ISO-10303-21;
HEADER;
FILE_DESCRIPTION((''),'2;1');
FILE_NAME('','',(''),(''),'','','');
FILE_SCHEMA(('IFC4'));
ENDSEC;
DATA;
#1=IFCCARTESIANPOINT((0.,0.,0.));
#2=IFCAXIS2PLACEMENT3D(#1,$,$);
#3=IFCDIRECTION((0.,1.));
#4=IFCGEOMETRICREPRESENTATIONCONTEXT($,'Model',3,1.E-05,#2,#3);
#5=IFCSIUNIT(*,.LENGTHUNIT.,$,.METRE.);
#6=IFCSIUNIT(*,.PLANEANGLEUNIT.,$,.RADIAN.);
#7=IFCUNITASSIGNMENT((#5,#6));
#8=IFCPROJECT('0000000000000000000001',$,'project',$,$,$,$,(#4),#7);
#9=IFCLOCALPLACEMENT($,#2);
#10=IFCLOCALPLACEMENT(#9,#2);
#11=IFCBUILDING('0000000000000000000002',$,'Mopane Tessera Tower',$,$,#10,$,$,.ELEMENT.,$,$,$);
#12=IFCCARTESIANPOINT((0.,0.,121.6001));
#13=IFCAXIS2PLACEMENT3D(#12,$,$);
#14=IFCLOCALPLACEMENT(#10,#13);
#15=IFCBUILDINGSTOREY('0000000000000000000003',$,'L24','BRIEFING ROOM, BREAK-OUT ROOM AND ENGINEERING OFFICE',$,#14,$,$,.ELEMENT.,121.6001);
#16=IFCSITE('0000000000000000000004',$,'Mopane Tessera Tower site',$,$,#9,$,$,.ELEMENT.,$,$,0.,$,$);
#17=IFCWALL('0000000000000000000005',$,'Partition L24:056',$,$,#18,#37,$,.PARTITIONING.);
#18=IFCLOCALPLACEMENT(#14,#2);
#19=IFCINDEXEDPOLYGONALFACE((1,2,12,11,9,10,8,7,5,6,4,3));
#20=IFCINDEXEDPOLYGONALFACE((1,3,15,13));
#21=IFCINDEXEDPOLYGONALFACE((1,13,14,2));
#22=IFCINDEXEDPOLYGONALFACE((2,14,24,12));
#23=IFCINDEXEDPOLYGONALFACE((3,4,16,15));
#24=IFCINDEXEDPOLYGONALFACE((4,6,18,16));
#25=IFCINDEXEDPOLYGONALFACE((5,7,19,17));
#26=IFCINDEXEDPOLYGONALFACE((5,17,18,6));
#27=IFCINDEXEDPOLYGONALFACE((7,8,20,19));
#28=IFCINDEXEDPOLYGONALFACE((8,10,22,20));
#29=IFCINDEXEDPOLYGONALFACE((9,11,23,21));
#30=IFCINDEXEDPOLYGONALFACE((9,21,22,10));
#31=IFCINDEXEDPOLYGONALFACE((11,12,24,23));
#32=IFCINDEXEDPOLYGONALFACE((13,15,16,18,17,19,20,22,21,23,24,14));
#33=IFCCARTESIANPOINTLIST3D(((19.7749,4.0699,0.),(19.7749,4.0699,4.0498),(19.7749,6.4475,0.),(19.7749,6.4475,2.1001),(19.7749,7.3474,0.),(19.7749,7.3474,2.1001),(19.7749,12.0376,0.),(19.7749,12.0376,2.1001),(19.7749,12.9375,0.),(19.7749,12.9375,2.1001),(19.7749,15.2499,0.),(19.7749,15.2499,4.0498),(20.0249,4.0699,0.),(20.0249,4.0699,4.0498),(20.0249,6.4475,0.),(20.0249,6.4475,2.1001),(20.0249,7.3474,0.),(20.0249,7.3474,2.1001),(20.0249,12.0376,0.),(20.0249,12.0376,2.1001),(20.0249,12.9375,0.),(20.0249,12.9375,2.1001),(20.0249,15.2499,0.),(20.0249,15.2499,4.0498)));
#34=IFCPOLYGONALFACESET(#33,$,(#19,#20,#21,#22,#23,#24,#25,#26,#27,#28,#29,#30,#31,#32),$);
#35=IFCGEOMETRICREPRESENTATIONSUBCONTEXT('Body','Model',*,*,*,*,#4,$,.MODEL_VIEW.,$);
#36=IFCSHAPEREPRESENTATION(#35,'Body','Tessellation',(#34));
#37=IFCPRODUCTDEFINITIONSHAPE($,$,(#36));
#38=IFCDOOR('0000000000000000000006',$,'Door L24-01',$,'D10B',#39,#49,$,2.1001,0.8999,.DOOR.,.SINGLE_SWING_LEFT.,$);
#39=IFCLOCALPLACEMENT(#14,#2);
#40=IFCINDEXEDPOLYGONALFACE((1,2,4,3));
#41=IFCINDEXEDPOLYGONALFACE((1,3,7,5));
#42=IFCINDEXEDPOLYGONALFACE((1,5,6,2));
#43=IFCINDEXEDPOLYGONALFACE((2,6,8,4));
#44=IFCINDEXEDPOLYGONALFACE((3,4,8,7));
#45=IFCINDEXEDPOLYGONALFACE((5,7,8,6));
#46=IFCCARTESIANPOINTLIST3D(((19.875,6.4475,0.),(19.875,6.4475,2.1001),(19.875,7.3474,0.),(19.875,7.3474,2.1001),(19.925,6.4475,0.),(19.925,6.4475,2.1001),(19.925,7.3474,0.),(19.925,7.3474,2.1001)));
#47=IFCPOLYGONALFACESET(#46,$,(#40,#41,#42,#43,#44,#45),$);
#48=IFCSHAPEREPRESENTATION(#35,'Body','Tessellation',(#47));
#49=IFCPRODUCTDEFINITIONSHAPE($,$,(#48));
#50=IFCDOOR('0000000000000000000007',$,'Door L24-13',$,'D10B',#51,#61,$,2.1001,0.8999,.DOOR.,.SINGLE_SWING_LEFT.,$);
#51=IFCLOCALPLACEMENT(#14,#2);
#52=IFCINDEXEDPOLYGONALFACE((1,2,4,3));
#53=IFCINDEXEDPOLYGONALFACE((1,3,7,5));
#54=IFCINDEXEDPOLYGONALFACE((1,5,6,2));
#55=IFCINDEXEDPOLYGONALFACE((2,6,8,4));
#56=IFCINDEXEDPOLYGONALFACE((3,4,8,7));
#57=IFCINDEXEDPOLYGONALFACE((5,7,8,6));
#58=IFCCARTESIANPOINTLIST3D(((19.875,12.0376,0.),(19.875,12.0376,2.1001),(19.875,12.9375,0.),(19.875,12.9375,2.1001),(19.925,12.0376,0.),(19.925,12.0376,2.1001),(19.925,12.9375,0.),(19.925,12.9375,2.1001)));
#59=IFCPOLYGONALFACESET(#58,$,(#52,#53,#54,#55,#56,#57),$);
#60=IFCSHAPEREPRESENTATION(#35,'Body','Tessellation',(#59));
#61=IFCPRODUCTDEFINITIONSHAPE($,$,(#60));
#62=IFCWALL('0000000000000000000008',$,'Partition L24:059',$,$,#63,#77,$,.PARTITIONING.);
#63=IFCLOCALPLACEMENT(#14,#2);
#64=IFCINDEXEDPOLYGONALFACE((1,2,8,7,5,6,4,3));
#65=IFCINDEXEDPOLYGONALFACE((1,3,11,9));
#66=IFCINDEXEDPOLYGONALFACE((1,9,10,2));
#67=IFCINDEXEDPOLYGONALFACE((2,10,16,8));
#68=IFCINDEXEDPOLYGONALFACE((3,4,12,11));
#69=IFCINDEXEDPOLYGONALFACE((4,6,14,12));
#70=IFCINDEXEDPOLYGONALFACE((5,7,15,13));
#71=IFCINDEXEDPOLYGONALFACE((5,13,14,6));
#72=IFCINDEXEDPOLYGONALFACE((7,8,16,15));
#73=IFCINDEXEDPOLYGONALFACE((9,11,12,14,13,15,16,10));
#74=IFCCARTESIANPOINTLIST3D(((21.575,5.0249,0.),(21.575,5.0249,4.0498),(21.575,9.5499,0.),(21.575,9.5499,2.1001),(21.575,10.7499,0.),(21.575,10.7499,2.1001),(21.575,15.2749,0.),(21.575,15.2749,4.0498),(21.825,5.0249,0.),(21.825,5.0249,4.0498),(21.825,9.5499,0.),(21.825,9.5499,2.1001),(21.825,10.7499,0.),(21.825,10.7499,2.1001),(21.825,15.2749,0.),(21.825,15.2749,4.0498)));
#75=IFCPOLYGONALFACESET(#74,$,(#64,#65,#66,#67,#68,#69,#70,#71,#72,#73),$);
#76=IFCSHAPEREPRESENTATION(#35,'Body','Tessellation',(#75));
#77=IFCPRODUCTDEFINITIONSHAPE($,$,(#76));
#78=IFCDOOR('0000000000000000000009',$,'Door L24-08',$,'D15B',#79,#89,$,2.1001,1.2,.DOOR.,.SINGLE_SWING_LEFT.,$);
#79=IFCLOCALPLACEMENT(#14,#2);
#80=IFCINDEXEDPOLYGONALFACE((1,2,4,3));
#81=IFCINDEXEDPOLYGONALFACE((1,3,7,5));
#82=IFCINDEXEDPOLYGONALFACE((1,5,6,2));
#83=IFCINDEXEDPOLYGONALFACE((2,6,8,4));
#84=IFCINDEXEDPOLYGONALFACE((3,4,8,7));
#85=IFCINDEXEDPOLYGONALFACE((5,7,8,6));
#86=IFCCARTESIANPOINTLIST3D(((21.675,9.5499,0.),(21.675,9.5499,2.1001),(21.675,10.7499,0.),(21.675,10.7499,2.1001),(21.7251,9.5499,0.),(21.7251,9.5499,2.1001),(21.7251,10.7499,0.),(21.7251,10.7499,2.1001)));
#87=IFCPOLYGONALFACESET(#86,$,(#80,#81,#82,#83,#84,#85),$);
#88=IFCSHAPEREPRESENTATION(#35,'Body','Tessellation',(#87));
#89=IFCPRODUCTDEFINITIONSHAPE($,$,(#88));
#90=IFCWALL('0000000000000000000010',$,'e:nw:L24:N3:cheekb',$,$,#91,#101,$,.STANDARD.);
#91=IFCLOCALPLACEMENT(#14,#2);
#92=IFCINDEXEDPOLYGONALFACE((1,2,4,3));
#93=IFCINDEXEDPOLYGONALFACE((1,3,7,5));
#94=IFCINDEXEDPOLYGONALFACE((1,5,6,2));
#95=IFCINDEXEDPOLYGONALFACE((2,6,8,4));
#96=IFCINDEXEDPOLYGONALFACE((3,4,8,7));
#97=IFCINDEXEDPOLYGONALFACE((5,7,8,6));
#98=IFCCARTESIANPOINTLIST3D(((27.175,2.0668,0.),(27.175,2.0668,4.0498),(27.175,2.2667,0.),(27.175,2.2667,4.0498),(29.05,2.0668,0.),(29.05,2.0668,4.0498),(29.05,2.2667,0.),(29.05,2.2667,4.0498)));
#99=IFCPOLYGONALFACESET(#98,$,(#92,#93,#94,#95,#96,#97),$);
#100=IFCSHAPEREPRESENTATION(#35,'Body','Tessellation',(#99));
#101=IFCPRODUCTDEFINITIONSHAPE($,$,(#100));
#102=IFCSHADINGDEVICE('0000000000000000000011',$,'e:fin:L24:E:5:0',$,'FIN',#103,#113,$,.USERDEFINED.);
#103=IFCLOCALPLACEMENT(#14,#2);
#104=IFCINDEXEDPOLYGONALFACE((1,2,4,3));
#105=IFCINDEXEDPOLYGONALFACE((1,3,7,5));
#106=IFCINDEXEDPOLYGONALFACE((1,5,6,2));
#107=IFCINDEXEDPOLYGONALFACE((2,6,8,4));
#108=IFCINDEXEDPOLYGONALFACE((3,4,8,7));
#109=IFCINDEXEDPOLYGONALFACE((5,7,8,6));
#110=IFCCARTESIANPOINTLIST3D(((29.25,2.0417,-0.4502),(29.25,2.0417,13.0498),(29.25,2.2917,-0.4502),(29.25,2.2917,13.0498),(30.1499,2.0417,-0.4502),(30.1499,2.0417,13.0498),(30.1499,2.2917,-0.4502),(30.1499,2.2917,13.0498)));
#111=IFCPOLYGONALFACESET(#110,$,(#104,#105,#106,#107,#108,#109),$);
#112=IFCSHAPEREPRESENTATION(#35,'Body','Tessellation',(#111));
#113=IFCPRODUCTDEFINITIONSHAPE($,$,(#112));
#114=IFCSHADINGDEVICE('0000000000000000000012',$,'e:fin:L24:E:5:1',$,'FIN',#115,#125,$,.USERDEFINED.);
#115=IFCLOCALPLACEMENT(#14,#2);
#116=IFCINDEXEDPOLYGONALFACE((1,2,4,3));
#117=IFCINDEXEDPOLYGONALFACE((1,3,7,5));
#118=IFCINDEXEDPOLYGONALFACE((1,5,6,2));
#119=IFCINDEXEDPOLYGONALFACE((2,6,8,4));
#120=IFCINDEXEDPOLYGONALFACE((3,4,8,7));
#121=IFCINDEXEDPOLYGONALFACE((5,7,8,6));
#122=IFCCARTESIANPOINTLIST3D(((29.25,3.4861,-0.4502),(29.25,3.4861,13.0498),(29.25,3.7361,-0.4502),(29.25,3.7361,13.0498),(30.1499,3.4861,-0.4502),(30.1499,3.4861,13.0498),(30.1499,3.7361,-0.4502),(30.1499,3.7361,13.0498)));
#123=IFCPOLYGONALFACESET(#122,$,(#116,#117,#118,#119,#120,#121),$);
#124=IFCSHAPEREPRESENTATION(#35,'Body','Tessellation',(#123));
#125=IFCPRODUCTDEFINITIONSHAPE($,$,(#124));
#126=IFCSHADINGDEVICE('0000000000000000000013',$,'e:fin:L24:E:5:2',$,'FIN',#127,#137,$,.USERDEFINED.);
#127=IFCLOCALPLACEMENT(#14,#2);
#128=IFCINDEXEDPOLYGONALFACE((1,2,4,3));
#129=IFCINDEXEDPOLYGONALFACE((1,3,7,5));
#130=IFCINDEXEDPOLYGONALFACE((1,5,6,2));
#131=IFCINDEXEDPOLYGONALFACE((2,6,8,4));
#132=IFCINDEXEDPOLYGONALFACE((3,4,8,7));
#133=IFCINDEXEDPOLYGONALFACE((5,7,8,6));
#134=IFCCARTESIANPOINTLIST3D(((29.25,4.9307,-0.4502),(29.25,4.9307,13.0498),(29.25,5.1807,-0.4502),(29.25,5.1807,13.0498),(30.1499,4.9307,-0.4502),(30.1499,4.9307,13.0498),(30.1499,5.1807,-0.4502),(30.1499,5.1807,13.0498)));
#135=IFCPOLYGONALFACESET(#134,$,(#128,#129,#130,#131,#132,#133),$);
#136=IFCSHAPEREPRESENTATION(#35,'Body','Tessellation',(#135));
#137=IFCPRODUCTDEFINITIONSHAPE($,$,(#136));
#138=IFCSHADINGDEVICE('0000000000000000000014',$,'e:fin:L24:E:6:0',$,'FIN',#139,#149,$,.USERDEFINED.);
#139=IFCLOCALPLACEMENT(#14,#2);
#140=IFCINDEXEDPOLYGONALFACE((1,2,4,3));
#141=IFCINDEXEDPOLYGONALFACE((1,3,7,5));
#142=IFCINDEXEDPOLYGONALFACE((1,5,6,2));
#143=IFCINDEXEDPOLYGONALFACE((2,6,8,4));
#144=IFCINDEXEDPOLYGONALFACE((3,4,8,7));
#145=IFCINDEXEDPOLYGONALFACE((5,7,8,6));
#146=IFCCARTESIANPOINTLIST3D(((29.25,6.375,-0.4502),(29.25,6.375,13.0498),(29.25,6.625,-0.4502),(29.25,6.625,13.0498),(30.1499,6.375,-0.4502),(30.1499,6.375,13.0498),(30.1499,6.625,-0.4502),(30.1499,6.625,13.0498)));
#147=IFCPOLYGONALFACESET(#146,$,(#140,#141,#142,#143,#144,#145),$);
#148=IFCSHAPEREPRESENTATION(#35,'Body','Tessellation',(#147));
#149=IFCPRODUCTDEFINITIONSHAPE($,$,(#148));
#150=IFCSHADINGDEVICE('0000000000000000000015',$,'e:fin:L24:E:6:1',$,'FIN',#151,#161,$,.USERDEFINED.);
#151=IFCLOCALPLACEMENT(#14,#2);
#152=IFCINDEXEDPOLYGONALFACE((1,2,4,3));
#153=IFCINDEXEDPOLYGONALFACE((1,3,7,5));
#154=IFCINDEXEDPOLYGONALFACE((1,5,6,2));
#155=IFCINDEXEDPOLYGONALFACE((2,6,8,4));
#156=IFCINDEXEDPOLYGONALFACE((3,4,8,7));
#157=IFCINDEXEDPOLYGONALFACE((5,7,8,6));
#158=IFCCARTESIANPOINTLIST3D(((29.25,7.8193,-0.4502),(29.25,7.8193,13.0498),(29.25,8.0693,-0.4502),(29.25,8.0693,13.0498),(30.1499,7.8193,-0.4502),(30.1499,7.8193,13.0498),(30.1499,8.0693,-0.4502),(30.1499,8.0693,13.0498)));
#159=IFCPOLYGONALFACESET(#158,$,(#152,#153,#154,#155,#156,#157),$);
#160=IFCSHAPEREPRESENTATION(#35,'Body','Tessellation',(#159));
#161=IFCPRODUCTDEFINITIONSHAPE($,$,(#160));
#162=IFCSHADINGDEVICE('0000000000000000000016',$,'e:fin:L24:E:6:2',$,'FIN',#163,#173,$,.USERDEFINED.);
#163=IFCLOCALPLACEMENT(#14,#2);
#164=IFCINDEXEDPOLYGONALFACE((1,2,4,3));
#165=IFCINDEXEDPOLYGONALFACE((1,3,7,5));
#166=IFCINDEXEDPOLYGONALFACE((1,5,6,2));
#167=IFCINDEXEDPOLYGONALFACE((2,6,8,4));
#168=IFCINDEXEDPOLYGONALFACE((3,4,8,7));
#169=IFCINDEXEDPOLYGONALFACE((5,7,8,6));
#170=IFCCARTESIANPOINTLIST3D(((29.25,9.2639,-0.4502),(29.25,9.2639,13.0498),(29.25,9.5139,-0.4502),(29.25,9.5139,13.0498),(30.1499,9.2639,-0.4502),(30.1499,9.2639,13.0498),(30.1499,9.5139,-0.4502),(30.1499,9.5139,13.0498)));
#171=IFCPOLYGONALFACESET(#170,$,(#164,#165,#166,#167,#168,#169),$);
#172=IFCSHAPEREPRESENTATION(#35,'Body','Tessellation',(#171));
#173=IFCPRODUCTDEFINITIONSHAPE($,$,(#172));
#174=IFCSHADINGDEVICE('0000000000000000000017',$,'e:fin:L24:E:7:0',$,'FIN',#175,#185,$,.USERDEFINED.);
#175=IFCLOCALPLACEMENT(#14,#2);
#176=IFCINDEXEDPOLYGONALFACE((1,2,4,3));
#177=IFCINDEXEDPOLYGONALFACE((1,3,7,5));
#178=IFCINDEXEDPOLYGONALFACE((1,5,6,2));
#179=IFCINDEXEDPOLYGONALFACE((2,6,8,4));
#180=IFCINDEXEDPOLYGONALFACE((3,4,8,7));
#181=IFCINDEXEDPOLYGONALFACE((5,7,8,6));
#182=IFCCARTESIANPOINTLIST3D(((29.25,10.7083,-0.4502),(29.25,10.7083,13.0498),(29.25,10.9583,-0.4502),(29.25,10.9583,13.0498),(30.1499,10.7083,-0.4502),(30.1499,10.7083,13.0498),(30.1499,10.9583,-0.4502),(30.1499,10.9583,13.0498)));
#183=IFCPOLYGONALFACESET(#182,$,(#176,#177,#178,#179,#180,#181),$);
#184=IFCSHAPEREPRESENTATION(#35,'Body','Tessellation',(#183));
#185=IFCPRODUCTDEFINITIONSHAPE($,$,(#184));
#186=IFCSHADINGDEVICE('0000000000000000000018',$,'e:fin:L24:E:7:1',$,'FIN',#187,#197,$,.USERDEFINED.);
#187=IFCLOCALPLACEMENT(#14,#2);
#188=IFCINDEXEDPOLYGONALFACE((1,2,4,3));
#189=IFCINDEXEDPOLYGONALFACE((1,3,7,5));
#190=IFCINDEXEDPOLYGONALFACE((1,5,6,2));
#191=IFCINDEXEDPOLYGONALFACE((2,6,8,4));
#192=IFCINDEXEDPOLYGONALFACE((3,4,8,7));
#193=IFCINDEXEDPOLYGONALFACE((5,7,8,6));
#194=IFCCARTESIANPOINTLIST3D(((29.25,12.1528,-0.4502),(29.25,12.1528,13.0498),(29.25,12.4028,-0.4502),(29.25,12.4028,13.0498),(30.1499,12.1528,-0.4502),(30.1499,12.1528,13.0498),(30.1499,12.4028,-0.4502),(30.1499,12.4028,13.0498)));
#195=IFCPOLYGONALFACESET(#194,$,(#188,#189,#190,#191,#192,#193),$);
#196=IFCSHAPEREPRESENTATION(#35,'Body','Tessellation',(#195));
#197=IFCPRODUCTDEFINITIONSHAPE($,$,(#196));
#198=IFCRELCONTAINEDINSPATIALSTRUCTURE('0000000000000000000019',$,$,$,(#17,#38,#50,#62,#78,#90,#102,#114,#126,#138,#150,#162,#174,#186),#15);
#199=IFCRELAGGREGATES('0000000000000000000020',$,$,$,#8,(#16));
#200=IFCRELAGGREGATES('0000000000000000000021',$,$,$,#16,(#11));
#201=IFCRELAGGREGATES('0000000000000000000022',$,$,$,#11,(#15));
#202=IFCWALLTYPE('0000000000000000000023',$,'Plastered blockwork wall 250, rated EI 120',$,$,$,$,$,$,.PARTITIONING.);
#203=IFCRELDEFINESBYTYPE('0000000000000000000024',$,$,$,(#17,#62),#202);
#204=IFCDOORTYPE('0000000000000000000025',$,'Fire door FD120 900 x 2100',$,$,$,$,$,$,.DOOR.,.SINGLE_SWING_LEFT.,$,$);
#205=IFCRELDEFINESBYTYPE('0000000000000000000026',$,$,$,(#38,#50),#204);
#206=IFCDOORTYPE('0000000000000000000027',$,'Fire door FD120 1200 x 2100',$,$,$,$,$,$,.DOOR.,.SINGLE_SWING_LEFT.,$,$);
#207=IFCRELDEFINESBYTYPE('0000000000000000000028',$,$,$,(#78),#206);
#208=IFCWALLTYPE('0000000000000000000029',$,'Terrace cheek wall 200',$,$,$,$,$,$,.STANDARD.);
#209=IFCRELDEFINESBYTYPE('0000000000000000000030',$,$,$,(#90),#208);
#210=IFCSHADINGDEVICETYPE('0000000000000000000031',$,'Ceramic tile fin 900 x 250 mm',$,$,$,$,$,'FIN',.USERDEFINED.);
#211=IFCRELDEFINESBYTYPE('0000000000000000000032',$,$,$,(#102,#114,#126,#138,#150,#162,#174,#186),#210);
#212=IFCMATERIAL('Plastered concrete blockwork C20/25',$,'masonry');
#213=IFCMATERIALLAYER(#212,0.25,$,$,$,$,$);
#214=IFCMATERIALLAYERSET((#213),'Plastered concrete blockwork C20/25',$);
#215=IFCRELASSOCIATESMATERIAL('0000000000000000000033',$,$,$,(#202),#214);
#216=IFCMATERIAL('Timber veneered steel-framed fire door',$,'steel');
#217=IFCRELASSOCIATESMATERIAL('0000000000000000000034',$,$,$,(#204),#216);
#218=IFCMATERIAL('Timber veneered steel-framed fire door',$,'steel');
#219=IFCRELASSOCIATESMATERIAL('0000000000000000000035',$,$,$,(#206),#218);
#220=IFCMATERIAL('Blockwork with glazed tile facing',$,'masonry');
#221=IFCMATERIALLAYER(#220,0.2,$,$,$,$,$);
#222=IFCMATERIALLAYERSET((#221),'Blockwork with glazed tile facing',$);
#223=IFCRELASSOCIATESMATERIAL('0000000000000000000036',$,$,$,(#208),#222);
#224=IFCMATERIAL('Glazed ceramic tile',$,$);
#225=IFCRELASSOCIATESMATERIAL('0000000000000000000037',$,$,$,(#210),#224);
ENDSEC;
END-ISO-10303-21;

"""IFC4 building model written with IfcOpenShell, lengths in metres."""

from ifc_helpers import new_model, si_unit, direction, frame, frame_2d, origin, origin_2d, place, context, subcontext, project, spatial, rectangle, extrude, material, layer, layer_set, type_object, element, fill, save


model = new_model("IFC4")

# Units and contexts
model_context = context("Model", 3, precision=1e-05, world=origin(), true_north=direction((0.0, 1.0)))
body_context = subcontext(model_context, "Body", "Model", "MODEL_VIEW")
ifc_project = project(units=[si_unit("LENGTHUNIT", "METRE"), si_unit("PLANEANGLEUNIT", "RADIAN")], contexts=[model_context])

# Site, building, storey
site_placement = place(None, origin())
site = spatial("IfcSite", under=ifc_project, at=site_placement, Name="Mopane Tessera Tower site", CompositionType="ELEMENT", RefElevation=0.0)
building_placement = place(site_placement, origin())
building = spatial("IfcBuilding", under=site, at=building_placement, Name="Mopane Tessera Tower", CompositionType="ELEMENT")
storey_placement = place(building_placement, frame((0.0, 0.0, 121.6001)))
storey = spatial("IfcBuildingStorey", under=building, at=storey_placement, Name="L24", Description="BRIEFING ROOM, BREAK-OUT ROOM AND ENGINEERING OFFICE", CompositionType="ELEMENT", Elevation=121.6001)

# Shared definitions
ifc_material_1 = material(Name="Plastered concrete blockwork C20/25", Category="masonry")
ifc_layer_1 = layer(ifc_material_1, 0.25)
ifc_layer_set_1 = layer_set([ifc_layer_1], Name="Plastered concrete blockwork C20/25")
wall_type_1 = type_object("IfcWallType", Name="Plastered blockwork wall 250, rated EI 120", PredefinedType="PARTITIONING", material=ifc_layer_set_1)

# Wall, openings, doors
wall_1_placement = place(storey_placement, frame((19.8999, 4.0701, 0.0), z_axis=(0.0, 0.0, 1.0), x_axis=(0.0, 1.0, 0.0)))
wall_1 = element("IfcWall", 1, at=wall_1_placement, inside=storey, type_object=wall_type_1, Name="Partition L24:056", PredefinedType="PARTITIONING", context=body_context, shape_type="SweptSolid", body=[
    extrude(rectangle(XDim=11.1799, YDim=0.25, at=frame_2d((5.5898, 0.0))), origin(), (0.0, 0.0, 1.0), 4.0498),
])
opening_1_placement = place(wall_1_placement, frame((2.3774, 0.0, 0.0)))
opening_1 = element("IfcOpeningElement", 2, at=opening_1_placement, cuts=wall_1, PredefinedType="OPENING", context=body_context, shape_type="SweptSolid", body=[
    extrude(rectangle(XDim=0.8999, YDim=2.1001, at=frame_2d((0.45, 1.05))), frame((0.0, 0.137, 0.0), z_axis=(0.0, -1.0, 0.0), x_axis=(1.0, 0.0, 0.0)), (0.0, 0.0, 1.0), 0.2739),
])
opening_2_placement = place(wall_1_placement, frame((7.9675, 0.0, 0.0)))
opening_2 = element("IfcOpeningElement", 3, at=opening_2_placement, cuts=wall_1, PredefinedType="OPENING", context=body_context, shape_type="SweptSolid", body=[
    extrude(rectangle(XDim=0.8999, YDim=2.1001, at=frame_2d((0.45, 1.05))), frame((0.0, 0.137, 0.0), z_axis=(0.0, -1.0, 0.0), x_axis=(1.0, 0.0, 0.0)), (0.0, 0.0, 1.0), 0.2739),
])
ifc_material_2 = material(Name="Timber veneered steel-framed fire door", Category="steel")
door_type_1 = type_object("IfcDoorType", Name="Fire door FD120 900 x 2100", OperationType="SINGLE_SWING_LEFT", PredefinedType="DOOR", material=ifc_material_2)
door_1_placement = place(opening_1_placement, origin())
door_1 = element("IfcDoor", 4, at=door_1_placement, inside=storey, type_object=door_type_1, Name="Door L24-01", ObjectType="D10B", OperationType="SINGLE_SWING_LEFT", OverallHeight=2.1001, OverallWidth=0.8999, PredefinedType="DOOR", context=body_context, shape_type="SweptSolid", body=[
    extrude(rectangle(XDim=0.8999, YDim=2.1001, at=frame_2d((0.45, 1.05))), frame((0.0, 0.0249, 0.0), z_axis=(0.0, -1.0, 0.0), x_axis=(1.0, 0.0, 0.0)), (0.0, 0.0, 1.0), 0.05),
])
fill(opening_1, door_1)
door_2_placement = place(opening_2_placement, origin())
door_2 = element("IfcDoor", 5, at=door_2_placement, inside=storey, type_object=door_type_1, Name="Door L24-13", ObjectType="D10B", OperationType="SINGLE_SWING_LEFT", OverallHeight=2.1001, OverallWidth=0.8999, PredefinedType="DOOR", context=body_context, shape_type="SweptSolid", body=[
    extrude(rectangle(XDim=0.8999, YDim=2.1001, at=frame_2d((0.45, 1.05))), frame((0.0, 0.0249, 0.0), z_axis=(0.0, -1.0, 0.0), x_axis=(1.0, 0.0, 0.0)), (0.0, 0.0, 1.0), 0.05),
])
fill(opening_2, door_2)

# Wall, opening, door
wall_2_placement = place(storey_placement, frame((21.7, 5.0249, 0.0), z_axis=(0.0, 0.0, 1.0), x_axis=(0.0, 1.0, 0.0)))
wall_2 = element("IfcWall", 6, at=wall_2_placement, inside=storey, type_object=wall_type_1, Name="Partition L24:059", PredefinedType="PARTITIONING", context=body_context, shape_type="SweptSolid", body=[
    extrude(rectangle(XDim=10.25, YDim=0.25, at=frame_2d((5.125, 0.0))), origin(), (0.0, 0.0, 1.0), 4.0498),
])
opening_3_placement = place(wall_2_placement, frame((4.5249, 0.0, 0.0)))
opening_3 = element("IfcOpeningElement", 7, at=opening_3_placement, cuts=wall_2, PredefinedType="OPENING", context=body_context, shape_type="SweptSolid", body=[
    extrude(rectangle(XDim=1.2, YDim=2.1001, at=frame_2d((0.6001, 1.05))), frame((0.0, 0.137, 0.0), z_axis=(0.0, -1.0, 0.0), x_axis=(1.0, 0.0, 0.0)), (0.0, 0.0, 1.0), 0.2739),
])
ifc_material_3 = material(Name="Timber veneered steel-framed fire door", Category="steel")
door_type_2 = type_object("IfcDoorType", Name="Fire door FD120 1200 x 2100", OperationType="SINGLE_SWING_LEFT", PredefinedType="DOOR", material=ifc_material_3)
door_3_placement = place(opening_3_placement, origin())
door_3 = element("IfcDoor", 8, at=door_3_placement, inside=storey, type_object=door_type_2, Name="Door L24-08", ObjectType="D15B", OperationType="SINGLE_SWING_LEFT", OverallHeight=2.1001, OverallWidth=1.2, PredefinedType="DOOR", context=body_context, shape_type="SweptSolid", body=[
    extrude(rectangle(XDim=1.2, YDim=2.1001, at=frame_2d((0.6001, 1.05))), frame((0.0, 0.0249, 0.0), z_axis=(0.0, -1.0, 0.0), x_axis=(1.0, 0.0, 0.0)), (0.0, 0.0, 1.0), 0.05),
])
fill(opening_3, door_3)

# Wall
ifc_material_4 = material(Name="Blockwork with glazed tile facing", Category="masonry")
ifc_layer_2 = layer(ifc_material_4, 0.2)
ifc_layer_set_2 = layer_set([ifc_layer_2], Name="Blockwork with glazed tile facing")
wall_type_2 = type_object("IfcWallType", Name="Terrace cheek wall 200", PredefinedType="STANDARD", material=ifc_layer_set_2)
wall_3_placement = place(storey_placement, frame((29.05, 2.1667, 0.0), z_axis=(0.0, 0.0, 1.0), x_axis=(-1.0, 0.0, 0.0)))
element("IfcWall", 9, at=wall_3_placement, inside=storey, type_object=wall_type_2, Name="e:nw:L24:N3:cheekb", PredefinedType="STANDARD", context=body_context, shape_type="SweptSolid", body=[
    extrude(rectangle(XDim=1.875, YDim=0.2, at=frame_2d((0.9375, 0.0))), origin(), (0.0, 0.0, 1.0), 4.0498),
])

# Shading devices
ifc_material_5 = material(Name="Glazed ceramic tile")
shading_device_type = type_object("IfcShadingDeviceType", Name="Ceramic tile fin 900 x 250 mm", ElementType="FIN", PredefinedType="USERDEFINED", material=ifc_material_5)
for number, where, z_axis, x_axis, name in (
    (10, (29.7, 2.1667, -0.4502), (0.0, 0.0, 1.0), (0.0, 1.0, 0.0), "e:fin:L24:E:5:0"),
    (11, (29.7, 3.6111, -0.4502), (0.0, 0.0, 1.0), (0.0, 1.0, 0.0), "e:fin:L24:E:5:1"),
    (12, (29.7, 5.0557, -0.4502), (0.0, 0.0, 1.0), (0.0, 1.0, 0.0), "e:fin:L24:E:5:2"),
    (13, (29.7, 6.5, -0.4502), (0.0, 0.0, 1.0), (0.0, 1.0, 0.0), "e:fin:L24:E:6:0"),
    (14, (29.7, 7.9443, -0.4502), (0.0, 0.0, 1.0), (0.0, 1.0, 0.0), "e:fin:L24:E:6:1"),
    (15, (29.7, 9.3889, -0.4502), (0.0, 0.0, 1.0), (0.0, 1.0, 0.0), "e:fin:L24:E:6:2"),
    (16, (29.7, 10.8333, -0.4502), (0.0, 0.0, 1.0), (0.0, 1.0, 0.0), "e:fin:L24:E:7:0"),
    (17, (29.7, 12.2778, -0.4502), (0.0, 0.0, 1.0), (0.0, 1.0, 0.0), "e:fin:L24:E:7:1"),
):
    element("IfcShadingDevice", number, at=place(storey_placement, frame(where, z_axis=z_axis, x_axis=x_axis)), inside=storey, type_object=shading_device_type, Name=name, ObjectType="FIN", PredefinedType="USERDEFINED", context=body_context, shape_type="SweptSolid", body=[
        extrude(rectangle(XDim=0.25, YDim=0.8999, at=origin_2d()), origin(), (0.0, 0.0, 1.0), 13.5),
    ])

save(model, "model.ifc")
